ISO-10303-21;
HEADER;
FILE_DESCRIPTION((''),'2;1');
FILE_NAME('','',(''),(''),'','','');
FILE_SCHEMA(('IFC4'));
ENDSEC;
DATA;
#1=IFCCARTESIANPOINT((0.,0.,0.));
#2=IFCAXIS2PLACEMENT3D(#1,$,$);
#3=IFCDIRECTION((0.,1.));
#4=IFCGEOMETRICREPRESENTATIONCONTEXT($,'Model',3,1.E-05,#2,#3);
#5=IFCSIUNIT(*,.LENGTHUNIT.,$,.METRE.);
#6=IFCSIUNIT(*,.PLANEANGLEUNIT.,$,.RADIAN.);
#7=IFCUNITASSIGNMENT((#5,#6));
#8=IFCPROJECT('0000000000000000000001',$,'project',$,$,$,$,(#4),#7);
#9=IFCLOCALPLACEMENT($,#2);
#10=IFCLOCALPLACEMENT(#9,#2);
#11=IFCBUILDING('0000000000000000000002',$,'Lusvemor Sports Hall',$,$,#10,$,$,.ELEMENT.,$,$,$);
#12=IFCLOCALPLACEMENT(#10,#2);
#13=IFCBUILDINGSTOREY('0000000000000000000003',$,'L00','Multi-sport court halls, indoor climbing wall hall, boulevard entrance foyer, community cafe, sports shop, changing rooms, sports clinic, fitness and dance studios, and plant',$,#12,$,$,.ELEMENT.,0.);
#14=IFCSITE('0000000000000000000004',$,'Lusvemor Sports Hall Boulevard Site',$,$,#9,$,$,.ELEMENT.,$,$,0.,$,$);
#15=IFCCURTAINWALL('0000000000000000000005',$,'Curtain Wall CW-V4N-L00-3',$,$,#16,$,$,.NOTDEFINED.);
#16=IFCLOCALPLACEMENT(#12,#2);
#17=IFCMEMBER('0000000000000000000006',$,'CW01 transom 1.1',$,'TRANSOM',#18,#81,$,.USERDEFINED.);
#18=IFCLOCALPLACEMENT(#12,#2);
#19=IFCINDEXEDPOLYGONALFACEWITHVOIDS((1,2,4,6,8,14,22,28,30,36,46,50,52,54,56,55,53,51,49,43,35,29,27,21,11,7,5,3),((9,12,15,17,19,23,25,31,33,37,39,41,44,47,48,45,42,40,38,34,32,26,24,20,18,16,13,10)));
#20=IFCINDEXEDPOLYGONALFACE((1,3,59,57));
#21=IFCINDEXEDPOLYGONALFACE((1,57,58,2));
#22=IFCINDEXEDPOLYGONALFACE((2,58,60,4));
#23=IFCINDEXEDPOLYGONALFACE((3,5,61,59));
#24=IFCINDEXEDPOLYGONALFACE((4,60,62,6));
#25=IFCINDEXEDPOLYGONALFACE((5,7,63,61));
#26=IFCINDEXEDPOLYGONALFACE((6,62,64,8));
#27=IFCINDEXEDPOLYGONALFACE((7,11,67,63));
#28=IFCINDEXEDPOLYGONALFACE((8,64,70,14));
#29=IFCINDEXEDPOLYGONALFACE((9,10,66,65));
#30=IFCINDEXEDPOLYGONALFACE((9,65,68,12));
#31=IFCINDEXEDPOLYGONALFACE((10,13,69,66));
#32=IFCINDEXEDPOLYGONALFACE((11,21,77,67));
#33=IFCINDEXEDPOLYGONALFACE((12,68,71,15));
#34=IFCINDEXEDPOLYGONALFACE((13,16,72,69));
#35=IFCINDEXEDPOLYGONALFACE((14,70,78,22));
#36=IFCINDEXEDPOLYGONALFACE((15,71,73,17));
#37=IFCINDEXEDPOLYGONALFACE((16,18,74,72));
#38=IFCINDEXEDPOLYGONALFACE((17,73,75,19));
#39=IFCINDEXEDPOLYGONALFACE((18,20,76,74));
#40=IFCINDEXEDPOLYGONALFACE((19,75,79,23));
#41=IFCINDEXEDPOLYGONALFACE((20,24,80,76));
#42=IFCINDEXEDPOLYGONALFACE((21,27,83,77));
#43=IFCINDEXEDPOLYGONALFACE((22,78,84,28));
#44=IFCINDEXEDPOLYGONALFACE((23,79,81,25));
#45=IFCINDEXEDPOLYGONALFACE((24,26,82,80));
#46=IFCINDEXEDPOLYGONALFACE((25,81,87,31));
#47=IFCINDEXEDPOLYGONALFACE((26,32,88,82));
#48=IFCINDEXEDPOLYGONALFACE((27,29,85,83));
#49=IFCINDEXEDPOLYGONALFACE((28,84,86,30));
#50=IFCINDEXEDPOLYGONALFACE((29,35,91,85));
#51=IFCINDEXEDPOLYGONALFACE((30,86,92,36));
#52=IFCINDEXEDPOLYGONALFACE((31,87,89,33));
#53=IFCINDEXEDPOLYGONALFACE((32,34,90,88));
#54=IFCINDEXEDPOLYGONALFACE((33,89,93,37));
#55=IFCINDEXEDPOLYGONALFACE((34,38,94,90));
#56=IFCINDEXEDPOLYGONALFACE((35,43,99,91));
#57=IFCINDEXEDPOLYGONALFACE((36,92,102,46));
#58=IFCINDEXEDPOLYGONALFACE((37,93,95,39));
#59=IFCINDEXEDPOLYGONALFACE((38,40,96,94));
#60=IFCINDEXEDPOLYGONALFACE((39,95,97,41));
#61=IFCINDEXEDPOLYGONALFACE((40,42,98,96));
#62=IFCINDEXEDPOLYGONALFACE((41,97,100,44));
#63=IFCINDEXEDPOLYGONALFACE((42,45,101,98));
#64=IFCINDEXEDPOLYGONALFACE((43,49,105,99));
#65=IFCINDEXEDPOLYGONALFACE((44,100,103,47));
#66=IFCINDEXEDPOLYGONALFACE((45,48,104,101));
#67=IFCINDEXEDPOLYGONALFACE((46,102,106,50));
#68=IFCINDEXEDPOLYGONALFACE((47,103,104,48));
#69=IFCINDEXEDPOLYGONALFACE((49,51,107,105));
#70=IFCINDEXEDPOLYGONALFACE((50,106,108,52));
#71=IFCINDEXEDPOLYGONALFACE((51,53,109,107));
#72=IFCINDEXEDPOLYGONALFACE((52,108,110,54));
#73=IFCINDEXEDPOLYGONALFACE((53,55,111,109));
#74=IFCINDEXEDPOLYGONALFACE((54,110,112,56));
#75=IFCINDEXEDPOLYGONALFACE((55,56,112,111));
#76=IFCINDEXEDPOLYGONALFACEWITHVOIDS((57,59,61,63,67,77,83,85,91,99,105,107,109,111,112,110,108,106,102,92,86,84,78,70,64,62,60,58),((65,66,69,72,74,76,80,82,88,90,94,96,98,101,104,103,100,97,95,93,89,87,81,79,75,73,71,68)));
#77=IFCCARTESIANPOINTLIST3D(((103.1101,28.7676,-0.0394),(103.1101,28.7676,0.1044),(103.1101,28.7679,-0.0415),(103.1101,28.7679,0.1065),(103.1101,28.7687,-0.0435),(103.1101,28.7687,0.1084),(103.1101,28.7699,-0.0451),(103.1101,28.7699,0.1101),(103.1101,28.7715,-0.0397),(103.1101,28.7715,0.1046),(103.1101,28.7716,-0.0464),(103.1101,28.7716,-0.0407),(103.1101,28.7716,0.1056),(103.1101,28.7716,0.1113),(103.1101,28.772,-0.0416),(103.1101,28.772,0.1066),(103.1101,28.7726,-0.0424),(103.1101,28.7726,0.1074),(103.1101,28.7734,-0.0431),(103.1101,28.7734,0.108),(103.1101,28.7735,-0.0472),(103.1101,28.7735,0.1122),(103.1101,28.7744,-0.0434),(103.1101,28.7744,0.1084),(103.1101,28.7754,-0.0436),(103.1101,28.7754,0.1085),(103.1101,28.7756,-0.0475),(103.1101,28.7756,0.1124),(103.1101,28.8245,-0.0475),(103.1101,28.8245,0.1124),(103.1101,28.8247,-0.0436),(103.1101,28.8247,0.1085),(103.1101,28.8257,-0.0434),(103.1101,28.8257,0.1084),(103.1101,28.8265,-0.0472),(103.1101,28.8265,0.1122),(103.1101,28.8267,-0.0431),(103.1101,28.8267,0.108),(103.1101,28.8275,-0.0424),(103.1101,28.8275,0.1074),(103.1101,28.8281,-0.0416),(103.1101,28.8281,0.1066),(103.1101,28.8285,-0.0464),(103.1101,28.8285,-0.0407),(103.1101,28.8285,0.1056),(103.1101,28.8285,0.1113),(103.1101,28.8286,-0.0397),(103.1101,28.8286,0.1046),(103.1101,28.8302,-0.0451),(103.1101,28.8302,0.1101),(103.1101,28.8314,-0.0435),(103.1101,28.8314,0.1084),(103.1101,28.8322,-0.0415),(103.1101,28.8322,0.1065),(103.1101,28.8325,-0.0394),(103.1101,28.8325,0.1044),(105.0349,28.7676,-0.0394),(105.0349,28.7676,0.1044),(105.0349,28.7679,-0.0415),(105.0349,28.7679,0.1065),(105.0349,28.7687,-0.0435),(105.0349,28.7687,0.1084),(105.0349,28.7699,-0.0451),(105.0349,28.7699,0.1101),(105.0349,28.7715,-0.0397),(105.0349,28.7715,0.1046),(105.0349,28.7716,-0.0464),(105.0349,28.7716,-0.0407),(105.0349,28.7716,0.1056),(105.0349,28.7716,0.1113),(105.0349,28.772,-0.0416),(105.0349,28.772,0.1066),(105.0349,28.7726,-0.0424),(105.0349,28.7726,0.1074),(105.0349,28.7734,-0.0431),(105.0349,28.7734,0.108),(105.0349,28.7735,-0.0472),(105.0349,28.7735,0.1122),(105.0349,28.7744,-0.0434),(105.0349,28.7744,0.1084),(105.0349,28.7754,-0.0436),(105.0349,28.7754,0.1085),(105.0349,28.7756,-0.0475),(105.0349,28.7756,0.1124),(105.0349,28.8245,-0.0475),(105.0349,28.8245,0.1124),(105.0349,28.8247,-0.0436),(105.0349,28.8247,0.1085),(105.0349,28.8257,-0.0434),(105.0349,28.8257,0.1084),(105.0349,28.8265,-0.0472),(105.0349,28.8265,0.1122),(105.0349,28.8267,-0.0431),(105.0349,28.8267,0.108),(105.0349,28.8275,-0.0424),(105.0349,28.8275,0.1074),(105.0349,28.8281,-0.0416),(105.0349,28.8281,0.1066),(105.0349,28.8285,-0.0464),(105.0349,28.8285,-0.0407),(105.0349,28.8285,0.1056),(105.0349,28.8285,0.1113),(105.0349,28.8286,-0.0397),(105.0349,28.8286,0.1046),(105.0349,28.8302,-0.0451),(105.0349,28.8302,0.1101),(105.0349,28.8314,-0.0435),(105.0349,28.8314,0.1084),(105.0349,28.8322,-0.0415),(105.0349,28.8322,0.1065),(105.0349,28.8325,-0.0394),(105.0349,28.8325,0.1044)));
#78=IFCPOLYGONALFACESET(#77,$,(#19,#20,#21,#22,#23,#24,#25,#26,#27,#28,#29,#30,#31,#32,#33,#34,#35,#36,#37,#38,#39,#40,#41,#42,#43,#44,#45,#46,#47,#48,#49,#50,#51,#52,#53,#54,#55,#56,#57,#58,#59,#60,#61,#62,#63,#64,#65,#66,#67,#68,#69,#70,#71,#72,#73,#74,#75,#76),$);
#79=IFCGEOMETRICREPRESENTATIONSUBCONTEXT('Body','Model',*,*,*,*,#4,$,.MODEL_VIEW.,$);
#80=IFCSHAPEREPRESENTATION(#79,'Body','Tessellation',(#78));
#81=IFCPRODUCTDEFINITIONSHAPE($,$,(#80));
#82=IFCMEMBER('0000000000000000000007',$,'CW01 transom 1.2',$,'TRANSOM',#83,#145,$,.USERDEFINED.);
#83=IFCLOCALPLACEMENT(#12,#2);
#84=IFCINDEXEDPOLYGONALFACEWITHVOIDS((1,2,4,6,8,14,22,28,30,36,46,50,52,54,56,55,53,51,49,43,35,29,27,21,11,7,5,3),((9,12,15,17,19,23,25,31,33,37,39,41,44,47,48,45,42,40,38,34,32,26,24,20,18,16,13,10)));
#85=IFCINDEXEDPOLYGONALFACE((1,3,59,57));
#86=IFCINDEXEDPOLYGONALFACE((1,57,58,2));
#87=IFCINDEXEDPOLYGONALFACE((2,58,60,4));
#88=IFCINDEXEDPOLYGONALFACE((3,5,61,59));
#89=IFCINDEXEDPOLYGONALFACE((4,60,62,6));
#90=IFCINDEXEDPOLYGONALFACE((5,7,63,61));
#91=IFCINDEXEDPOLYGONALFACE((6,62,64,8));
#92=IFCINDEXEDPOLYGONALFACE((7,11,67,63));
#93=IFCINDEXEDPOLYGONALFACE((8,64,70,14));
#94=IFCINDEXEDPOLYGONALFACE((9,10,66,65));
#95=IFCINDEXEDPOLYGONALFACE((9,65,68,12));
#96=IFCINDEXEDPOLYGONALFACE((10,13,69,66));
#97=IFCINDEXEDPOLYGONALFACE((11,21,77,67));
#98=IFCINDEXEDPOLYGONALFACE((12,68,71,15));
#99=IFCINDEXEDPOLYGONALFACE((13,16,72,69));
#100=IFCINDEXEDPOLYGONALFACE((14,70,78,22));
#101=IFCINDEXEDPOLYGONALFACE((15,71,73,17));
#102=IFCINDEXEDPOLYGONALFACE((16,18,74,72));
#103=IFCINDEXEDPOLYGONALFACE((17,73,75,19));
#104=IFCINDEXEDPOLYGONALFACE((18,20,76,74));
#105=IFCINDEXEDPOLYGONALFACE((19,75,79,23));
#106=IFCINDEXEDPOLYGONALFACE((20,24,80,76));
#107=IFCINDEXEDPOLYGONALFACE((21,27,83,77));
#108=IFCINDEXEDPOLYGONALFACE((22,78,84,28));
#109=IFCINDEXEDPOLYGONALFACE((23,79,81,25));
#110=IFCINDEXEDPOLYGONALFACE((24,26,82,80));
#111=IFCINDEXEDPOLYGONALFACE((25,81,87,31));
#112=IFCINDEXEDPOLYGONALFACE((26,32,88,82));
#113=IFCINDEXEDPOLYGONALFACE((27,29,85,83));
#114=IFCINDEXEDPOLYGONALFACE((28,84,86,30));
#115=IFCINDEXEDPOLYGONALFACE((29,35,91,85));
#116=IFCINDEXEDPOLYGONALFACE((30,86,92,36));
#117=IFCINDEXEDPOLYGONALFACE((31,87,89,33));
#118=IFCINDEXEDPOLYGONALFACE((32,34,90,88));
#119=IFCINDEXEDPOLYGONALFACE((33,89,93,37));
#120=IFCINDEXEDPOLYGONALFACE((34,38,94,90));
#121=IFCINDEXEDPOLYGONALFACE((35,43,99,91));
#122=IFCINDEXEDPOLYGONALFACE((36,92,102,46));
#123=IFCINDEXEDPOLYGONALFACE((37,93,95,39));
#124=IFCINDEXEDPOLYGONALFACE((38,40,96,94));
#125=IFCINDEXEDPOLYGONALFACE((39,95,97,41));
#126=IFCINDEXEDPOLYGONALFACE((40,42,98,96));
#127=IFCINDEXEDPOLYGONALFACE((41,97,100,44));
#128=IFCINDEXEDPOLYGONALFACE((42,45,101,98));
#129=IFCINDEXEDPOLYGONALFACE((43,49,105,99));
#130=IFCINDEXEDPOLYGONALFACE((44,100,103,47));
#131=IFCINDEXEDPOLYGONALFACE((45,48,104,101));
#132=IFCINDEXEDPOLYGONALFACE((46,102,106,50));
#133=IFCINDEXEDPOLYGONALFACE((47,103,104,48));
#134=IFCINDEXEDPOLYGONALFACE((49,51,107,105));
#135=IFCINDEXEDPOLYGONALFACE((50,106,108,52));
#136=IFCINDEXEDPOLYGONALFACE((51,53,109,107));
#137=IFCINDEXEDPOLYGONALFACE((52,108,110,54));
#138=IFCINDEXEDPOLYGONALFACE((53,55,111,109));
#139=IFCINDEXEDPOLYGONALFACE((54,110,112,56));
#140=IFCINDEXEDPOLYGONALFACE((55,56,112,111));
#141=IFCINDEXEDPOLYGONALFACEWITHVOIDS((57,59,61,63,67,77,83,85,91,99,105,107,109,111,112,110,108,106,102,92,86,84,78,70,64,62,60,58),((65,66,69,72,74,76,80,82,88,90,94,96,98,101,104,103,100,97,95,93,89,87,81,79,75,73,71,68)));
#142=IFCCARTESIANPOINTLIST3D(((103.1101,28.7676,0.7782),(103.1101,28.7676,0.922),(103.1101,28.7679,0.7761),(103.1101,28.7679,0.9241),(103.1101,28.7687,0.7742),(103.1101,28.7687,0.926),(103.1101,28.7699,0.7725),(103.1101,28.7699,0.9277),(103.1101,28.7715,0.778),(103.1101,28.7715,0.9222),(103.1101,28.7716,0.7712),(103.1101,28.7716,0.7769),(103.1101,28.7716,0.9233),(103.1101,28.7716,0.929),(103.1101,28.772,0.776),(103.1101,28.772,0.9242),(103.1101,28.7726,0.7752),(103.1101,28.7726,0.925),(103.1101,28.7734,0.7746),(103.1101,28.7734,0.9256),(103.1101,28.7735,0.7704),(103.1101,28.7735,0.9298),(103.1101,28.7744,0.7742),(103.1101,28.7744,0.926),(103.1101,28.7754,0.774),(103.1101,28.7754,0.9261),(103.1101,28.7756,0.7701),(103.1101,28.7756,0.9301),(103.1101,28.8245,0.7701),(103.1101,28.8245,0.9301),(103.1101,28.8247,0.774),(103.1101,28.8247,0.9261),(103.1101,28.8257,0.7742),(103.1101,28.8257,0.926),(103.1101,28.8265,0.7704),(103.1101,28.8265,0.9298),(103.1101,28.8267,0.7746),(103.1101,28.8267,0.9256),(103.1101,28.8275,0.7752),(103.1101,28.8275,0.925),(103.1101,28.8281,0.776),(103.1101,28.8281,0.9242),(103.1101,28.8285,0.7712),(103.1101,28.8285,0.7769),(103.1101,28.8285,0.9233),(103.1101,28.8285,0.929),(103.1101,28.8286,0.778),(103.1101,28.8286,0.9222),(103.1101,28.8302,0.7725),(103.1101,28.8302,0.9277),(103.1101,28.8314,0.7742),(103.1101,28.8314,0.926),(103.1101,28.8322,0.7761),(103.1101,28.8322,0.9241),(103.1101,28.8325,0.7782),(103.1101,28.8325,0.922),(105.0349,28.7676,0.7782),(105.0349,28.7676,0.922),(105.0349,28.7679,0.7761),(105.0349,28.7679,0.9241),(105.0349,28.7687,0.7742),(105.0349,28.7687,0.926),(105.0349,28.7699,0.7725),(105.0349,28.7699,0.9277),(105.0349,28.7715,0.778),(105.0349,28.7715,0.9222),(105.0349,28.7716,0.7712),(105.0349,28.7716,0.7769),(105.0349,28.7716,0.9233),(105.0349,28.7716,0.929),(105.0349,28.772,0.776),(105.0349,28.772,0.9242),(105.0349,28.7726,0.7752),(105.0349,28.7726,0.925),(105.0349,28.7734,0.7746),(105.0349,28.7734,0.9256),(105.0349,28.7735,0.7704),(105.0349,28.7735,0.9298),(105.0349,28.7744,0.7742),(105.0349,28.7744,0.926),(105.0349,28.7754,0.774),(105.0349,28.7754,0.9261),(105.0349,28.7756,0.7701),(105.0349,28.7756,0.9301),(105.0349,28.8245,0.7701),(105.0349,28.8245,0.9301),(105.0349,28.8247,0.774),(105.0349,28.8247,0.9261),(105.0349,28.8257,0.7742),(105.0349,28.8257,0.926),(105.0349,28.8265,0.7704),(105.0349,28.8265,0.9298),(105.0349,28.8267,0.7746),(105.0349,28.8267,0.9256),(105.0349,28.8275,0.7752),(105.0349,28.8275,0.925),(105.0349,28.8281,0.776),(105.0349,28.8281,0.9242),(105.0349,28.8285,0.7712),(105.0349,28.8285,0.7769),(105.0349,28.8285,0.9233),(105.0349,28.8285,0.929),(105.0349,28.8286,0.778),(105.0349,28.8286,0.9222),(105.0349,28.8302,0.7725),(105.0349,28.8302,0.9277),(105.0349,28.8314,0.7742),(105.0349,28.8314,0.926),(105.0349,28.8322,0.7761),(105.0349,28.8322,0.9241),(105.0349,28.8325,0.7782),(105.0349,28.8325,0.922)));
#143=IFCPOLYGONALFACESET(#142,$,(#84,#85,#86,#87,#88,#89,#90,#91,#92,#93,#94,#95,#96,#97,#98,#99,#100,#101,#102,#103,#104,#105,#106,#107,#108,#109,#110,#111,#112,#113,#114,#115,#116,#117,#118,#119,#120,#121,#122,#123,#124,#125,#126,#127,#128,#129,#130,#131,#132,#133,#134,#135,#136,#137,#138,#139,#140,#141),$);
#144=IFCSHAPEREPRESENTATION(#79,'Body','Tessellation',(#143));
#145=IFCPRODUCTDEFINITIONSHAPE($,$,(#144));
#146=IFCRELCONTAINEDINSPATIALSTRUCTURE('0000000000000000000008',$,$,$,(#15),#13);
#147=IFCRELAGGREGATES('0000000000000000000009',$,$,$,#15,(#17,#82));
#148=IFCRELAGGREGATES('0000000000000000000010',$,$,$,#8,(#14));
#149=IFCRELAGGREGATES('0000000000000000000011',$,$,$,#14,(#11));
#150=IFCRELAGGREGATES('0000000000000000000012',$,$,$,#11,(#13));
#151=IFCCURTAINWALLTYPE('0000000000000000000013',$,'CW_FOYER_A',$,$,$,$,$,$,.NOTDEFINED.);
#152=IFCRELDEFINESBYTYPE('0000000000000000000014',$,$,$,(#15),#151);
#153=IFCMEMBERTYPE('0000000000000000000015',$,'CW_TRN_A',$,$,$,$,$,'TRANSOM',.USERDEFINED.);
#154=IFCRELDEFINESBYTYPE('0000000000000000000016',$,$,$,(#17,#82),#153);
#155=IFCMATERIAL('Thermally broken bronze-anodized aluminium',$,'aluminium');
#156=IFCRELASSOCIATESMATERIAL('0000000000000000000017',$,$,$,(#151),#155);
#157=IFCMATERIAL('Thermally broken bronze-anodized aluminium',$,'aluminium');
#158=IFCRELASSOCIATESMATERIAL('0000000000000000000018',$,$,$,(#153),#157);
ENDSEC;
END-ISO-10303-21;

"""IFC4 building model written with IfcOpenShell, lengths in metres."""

from ifc_helpers import new_model, si_unit, direction, frame, origin, origin_2d, place, context, subcontext, project, spatial, hollow_rectangle, extrude, material, material_profile, profile_set, type_object, element, aggregate, save


model = new_model("IFC4")

# Units and contexts
model_context = context("Model", 3, precision=1e-05, world=origin(), true_north=direction((0.0, 1.0)))
body_context = subcontext(model_context, "Body", "Model", "MODEL_VIEW")
ifc_project = project(units=[si_unit("LENGTHUNIT", "METRE"), si_unit("PLANEANGLEUNIT", "RADIAN")], contexts=[model_context])

# Site, building, storey
site_placement = place(None, origin())
site = spatial("IfcSite", under=ifc_project, at=site_placement, Name="Lusvemor Sports Hall Boulevard Site", CompositionType="ELEMENT", RefElevation=0.0)
building_placement = place(site_placement, origin())
building = spatial("IfcBuilding", under=site, at=building_placement, Name="Lusvemor Sports Hall", CompositionType="ELEMENT")
storey_placement = place(building_placement, origin())
storey = spatial("IfcBuildingStorey", under=building, at=storey_placement, Name="L00", Description="Multi-sport court halls, indoor climbing wall hall, boulevard entrance foyer, community cafe, sports shop, changing rooms, sports clinic, fitness and dance studios, and plant", CompositionType="ELEMENT", Elevation=0.0)

# Curtain wall, members
ifc_material_1 = material(Name="Thermally broken bronze-anodized aluminium", Category="aluminium")
curtain_wall_type = type_object("IfcCurtainWallType", Name="CW_FOYER_A", PredefinedType="NOTDEFINED", material=ifc_material_1)
curtain_wall_placement = place(storey_placement, origin())
curtain_wall = element("IfcCurtainWall", 1, at=curtain_wall_placement, inside=storey, type_object=curtain_wall_type, Name="Curtain Wall CW-V4N-L00-3", PredefinedType="NOTDEFINED")
ifc_material_2 = material(Name="Thermally broken bronze-anodized aluminium", Category="aluminium")
ifc_material_profile_1 = material_profile(ifc_material_2, hollow_rectangle(XDim=0.0649, YDim=0.1599, WallThickness=0.0039, InnerFilletRadius=0.0039, OuterFilletRadius=0.0081, at=origin_2d()), Name="CWTRN160x65x4")
ifc_profile_set_1 = profile_set([ifc_material_profile_1], Name="Thermally broken bronze-anodized aluminium")
member_type_1 = type_object("IfcMemberType", Name="CW_TRN_A", ElementType="TRANSOM", PredefinedType="USERDEFINED", material=ifc_profile_set_1)
member_1_placement = place(storey_placement, frame((103.1101, 28.8, 0.0325), z_axis=(1.0, 0.0, 0.0), x_axis=(0.0, 1.0, 0.0)))
member_1 = element("IfcMember", 2, at=member_1_placement, type_object=member_type_1, Name="CW01 transom 1.1", ObjectType="TRANSOM", PredefinedType="USERDEFINED", context=body_context, shape_type="SweptSolid", body=[
    extrude(hollow_rectangle(XDim=0.0649, YDim=0.1599, WallThickness=0.0039, InnerFilletRadius=0.0039, OuterFilletRadius=0.0081, at=origin_2d()), origin(), (0.0, 0.0, 1.0), 1.9248),
])
member_2_placement = place(storey_placement, frame((103.1101, 28.8, 0.8501), z_axis=(1.0, 0.0, 0.0), x_axis=(0.0, 1.0, 0.0)))
member_2 = element("IfcMember", 3, at=member_2_placement, type_object=member_type_1, Name="CW01 transom 1.2", ObjectType="TRANSOM", PredefinedType="USERDEFINED", context=body_context, shape_type="SweptSolid", body=[
    extrude(hollow_rectangle(XDim=0.0649, YDim=0.1599, WallThickness=0.0039, InnerFilletRadius=0.0039, OuterFilletRadius=0.0081, at=origin_2d()), origin(), (0.0, 0.0, 1.0), 1.9248),
])

aggregate(curtain_wall, [member_1, member_2])

save(model, "model.ifc")
